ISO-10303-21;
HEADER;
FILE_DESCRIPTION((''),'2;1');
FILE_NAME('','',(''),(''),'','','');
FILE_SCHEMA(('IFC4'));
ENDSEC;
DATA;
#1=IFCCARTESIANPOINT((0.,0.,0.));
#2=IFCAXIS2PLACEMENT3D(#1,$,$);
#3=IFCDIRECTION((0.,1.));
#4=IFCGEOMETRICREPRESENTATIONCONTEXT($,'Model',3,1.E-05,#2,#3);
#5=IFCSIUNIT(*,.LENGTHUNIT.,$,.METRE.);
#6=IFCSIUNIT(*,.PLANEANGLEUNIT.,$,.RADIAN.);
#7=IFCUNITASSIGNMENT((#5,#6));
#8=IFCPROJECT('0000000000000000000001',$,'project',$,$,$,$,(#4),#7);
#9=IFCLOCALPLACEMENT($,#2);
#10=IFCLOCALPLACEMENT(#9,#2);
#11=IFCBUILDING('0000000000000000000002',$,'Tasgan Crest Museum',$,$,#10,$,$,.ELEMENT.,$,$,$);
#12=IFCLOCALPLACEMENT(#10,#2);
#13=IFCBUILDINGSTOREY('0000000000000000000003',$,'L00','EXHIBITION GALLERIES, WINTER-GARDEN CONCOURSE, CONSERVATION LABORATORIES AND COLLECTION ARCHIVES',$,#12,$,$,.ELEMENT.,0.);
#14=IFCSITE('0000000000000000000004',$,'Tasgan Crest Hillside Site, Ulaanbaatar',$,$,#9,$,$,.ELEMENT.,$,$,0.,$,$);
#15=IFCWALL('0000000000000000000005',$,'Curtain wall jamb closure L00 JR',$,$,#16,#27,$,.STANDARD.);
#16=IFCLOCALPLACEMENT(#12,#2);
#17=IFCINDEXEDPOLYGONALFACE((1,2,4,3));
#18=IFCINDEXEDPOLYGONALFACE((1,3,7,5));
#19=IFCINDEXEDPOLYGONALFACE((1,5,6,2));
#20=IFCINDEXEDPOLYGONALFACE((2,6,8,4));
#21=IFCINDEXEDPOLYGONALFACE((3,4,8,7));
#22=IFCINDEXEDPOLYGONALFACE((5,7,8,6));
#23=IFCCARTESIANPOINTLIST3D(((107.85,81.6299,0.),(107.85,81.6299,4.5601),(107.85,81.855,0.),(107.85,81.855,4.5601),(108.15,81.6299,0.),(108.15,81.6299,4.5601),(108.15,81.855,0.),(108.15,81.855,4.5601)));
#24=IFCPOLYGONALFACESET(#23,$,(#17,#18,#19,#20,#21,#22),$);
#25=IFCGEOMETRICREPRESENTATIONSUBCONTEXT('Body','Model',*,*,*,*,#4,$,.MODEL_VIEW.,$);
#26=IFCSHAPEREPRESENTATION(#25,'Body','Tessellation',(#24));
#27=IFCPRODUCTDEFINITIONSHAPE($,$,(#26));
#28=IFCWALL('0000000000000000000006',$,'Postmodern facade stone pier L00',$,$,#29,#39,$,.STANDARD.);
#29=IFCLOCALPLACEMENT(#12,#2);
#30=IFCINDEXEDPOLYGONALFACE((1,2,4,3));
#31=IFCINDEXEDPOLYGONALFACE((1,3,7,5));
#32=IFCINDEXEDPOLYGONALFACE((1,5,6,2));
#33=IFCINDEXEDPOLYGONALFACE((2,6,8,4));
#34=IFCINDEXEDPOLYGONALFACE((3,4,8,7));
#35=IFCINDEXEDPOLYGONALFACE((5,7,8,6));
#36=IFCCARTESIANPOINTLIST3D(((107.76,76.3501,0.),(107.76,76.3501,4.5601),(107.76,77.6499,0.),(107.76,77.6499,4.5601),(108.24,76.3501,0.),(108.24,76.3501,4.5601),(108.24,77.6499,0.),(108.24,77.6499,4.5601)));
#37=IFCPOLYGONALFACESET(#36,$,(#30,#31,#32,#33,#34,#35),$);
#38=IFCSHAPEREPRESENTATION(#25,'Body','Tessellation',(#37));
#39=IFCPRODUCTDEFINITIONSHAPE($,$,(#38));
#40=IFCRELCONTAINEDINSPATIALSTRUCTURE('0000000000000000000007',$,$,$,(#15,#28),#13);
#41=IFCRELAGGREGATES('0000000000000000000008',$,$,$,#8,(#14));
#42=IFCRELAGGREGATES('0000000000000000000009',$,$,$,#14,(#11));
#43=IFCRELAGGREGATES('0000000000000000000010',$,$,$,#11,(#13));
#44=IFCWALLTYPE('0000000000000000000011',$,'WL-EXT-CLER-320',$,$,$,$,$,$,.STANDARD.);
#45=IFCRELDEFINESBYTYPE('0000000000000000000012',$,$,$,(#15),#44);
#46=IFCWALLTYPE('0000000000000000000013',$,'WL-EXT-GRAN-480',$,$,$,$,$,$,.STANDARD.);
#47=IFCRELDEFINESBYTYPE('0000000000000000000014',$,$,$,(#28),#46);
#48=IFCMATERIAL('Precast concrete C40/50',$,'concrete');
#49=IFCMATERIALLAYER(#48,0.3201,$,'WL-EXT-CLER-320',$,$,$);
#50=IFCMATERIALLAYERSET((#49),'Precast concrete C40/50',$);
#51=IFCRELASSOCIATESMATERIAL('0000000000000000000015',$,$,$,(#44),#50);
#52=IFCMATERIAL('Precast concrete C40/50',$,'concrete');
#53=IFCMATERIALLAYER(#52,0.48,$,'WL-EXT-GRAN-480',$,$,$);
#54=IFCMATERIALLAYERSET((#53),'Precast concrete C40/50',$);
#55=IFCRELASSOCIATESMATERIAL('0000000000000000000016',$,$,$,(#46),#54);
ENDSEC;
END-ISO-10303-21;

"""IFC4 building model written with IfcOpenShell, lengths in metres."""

from ifc_helpers import new_model, si_unit, direction, frame, frame_2d, origin, place, context, subcontext, project, spatial, rectangle, extrude, material, layer, layer_set, type_object, element, save


model = new_model("IFC4")

# Units and contexts
model_context = context("Model", 3, precision=1e-05, world=origin(), true_north=direction((0.0, 1.0)))
body_context = subcontext(model_context, "Body", "Model", "MODEL_VIEW")
ifc_project = project(units=[si_unit("LENGTHUNIT", "METRE"), si_unit("PLANEANGLEUNIT", "RADIAN")], contexts=[model_context])

# Site, building, storey
site_placement = place(None, origin())
site = spatial("IfcSite", under=ifc_project, at=site_placement, Name="Tasgan Crest Hillside Site, Ulaanbaatar", CompositionType="ELEMENT", RefElevation=0.0)
building_placement = place(site_placement, origin())
building = spatial("IfcBuilding", under=site, at=building_placement, Name="Tasgan Crest Museum", CompositionType="ELEMENT")
storey_placement = place(building_placement, origin())
storey = spatial("IfcBuildingStorey", under=building, at=storey_placement, Name="L00", Description="EXHIBITION GALLERIES, WINTER-GARDEN CONCOURSE, CONSERVATION LABORATORIES AND COLLECTION ARCHIVES", CompositionType="ELEMENT", Elevation=0.0)

# Walls
ifc_material_1 = material(Name="Precast concrete C40/50", Category="concrete")
ifc_layer_1 = layer(ifc_material_1, 0.3201, Name="WL-EXT-CLER-320")
ifc_layer_set_1 = layer_set([ifc_layer_1], Name="Precast concrete C40/50")
wall_type_1 = type_object("IfcWallType", Name="WL-EXT-CLER-320", PredefinedType="STANDARD", material=ifc_layer_set_1)
wall_1_placement = place(storey_placement, frame((108.0, 81.6299, 0.0), z_axis=(0.0, 0.0, 1.0), x_axis=(0.0, 1.0, 0.0)))
element("IfcWall", 1, at=wall_1_placement, inside=storey, type_object=wall_type_1, Name="Curtain wall jamb closure L00 JR", PredefinedType="STANDARD", context=body_context, shape_type="SweptSolid", body=[
    extrude(rectangle(XDim=0.2251, YDim=0.3, at=frame_2d((0.1125, 0.0))), origin(), (0.0, 0.0, 1.0), 4.5601),
])
ifc_material_2 = material(Name="Precast concrete C40/50", Category="concrete")
ifc_layer_2 = layer(ifc_material_2, 0.48, Name="WL-EXT-GRAN-480")
ifc_layer_set_2 = layer_set([ifc_layer_2], Name="Precast concrete C40/50")
wall_type_2 = type_object("IfcWallType", Name="WL-EXT-GRAN-480", PredefinedType="STANDARD", material=ifc_layer_set_2)
wall_2_placement = place(storey_placement, frame((108.0, 76.3501, 0.0), z_axis=(0.0, 0.0, 1.0), x_axis=(0.0, 1.0, 0.0)))
element("IfcWall", 2, at=wall_2_placement, inside=storey, type_object=wall_type_2, Name="Postmodern facade stone pier L00", PredefinedType="STANDARD", context=body_context, shape_type="SweptSolid", body=[
    extrude(rectangle(XDim=1.2998, YDim=0.48, at=frame_2d((0.6499, 0.0))), origin(), (0.0, 0.0, 1.0), 4.5601),
])

save(model, "model.ifc")
